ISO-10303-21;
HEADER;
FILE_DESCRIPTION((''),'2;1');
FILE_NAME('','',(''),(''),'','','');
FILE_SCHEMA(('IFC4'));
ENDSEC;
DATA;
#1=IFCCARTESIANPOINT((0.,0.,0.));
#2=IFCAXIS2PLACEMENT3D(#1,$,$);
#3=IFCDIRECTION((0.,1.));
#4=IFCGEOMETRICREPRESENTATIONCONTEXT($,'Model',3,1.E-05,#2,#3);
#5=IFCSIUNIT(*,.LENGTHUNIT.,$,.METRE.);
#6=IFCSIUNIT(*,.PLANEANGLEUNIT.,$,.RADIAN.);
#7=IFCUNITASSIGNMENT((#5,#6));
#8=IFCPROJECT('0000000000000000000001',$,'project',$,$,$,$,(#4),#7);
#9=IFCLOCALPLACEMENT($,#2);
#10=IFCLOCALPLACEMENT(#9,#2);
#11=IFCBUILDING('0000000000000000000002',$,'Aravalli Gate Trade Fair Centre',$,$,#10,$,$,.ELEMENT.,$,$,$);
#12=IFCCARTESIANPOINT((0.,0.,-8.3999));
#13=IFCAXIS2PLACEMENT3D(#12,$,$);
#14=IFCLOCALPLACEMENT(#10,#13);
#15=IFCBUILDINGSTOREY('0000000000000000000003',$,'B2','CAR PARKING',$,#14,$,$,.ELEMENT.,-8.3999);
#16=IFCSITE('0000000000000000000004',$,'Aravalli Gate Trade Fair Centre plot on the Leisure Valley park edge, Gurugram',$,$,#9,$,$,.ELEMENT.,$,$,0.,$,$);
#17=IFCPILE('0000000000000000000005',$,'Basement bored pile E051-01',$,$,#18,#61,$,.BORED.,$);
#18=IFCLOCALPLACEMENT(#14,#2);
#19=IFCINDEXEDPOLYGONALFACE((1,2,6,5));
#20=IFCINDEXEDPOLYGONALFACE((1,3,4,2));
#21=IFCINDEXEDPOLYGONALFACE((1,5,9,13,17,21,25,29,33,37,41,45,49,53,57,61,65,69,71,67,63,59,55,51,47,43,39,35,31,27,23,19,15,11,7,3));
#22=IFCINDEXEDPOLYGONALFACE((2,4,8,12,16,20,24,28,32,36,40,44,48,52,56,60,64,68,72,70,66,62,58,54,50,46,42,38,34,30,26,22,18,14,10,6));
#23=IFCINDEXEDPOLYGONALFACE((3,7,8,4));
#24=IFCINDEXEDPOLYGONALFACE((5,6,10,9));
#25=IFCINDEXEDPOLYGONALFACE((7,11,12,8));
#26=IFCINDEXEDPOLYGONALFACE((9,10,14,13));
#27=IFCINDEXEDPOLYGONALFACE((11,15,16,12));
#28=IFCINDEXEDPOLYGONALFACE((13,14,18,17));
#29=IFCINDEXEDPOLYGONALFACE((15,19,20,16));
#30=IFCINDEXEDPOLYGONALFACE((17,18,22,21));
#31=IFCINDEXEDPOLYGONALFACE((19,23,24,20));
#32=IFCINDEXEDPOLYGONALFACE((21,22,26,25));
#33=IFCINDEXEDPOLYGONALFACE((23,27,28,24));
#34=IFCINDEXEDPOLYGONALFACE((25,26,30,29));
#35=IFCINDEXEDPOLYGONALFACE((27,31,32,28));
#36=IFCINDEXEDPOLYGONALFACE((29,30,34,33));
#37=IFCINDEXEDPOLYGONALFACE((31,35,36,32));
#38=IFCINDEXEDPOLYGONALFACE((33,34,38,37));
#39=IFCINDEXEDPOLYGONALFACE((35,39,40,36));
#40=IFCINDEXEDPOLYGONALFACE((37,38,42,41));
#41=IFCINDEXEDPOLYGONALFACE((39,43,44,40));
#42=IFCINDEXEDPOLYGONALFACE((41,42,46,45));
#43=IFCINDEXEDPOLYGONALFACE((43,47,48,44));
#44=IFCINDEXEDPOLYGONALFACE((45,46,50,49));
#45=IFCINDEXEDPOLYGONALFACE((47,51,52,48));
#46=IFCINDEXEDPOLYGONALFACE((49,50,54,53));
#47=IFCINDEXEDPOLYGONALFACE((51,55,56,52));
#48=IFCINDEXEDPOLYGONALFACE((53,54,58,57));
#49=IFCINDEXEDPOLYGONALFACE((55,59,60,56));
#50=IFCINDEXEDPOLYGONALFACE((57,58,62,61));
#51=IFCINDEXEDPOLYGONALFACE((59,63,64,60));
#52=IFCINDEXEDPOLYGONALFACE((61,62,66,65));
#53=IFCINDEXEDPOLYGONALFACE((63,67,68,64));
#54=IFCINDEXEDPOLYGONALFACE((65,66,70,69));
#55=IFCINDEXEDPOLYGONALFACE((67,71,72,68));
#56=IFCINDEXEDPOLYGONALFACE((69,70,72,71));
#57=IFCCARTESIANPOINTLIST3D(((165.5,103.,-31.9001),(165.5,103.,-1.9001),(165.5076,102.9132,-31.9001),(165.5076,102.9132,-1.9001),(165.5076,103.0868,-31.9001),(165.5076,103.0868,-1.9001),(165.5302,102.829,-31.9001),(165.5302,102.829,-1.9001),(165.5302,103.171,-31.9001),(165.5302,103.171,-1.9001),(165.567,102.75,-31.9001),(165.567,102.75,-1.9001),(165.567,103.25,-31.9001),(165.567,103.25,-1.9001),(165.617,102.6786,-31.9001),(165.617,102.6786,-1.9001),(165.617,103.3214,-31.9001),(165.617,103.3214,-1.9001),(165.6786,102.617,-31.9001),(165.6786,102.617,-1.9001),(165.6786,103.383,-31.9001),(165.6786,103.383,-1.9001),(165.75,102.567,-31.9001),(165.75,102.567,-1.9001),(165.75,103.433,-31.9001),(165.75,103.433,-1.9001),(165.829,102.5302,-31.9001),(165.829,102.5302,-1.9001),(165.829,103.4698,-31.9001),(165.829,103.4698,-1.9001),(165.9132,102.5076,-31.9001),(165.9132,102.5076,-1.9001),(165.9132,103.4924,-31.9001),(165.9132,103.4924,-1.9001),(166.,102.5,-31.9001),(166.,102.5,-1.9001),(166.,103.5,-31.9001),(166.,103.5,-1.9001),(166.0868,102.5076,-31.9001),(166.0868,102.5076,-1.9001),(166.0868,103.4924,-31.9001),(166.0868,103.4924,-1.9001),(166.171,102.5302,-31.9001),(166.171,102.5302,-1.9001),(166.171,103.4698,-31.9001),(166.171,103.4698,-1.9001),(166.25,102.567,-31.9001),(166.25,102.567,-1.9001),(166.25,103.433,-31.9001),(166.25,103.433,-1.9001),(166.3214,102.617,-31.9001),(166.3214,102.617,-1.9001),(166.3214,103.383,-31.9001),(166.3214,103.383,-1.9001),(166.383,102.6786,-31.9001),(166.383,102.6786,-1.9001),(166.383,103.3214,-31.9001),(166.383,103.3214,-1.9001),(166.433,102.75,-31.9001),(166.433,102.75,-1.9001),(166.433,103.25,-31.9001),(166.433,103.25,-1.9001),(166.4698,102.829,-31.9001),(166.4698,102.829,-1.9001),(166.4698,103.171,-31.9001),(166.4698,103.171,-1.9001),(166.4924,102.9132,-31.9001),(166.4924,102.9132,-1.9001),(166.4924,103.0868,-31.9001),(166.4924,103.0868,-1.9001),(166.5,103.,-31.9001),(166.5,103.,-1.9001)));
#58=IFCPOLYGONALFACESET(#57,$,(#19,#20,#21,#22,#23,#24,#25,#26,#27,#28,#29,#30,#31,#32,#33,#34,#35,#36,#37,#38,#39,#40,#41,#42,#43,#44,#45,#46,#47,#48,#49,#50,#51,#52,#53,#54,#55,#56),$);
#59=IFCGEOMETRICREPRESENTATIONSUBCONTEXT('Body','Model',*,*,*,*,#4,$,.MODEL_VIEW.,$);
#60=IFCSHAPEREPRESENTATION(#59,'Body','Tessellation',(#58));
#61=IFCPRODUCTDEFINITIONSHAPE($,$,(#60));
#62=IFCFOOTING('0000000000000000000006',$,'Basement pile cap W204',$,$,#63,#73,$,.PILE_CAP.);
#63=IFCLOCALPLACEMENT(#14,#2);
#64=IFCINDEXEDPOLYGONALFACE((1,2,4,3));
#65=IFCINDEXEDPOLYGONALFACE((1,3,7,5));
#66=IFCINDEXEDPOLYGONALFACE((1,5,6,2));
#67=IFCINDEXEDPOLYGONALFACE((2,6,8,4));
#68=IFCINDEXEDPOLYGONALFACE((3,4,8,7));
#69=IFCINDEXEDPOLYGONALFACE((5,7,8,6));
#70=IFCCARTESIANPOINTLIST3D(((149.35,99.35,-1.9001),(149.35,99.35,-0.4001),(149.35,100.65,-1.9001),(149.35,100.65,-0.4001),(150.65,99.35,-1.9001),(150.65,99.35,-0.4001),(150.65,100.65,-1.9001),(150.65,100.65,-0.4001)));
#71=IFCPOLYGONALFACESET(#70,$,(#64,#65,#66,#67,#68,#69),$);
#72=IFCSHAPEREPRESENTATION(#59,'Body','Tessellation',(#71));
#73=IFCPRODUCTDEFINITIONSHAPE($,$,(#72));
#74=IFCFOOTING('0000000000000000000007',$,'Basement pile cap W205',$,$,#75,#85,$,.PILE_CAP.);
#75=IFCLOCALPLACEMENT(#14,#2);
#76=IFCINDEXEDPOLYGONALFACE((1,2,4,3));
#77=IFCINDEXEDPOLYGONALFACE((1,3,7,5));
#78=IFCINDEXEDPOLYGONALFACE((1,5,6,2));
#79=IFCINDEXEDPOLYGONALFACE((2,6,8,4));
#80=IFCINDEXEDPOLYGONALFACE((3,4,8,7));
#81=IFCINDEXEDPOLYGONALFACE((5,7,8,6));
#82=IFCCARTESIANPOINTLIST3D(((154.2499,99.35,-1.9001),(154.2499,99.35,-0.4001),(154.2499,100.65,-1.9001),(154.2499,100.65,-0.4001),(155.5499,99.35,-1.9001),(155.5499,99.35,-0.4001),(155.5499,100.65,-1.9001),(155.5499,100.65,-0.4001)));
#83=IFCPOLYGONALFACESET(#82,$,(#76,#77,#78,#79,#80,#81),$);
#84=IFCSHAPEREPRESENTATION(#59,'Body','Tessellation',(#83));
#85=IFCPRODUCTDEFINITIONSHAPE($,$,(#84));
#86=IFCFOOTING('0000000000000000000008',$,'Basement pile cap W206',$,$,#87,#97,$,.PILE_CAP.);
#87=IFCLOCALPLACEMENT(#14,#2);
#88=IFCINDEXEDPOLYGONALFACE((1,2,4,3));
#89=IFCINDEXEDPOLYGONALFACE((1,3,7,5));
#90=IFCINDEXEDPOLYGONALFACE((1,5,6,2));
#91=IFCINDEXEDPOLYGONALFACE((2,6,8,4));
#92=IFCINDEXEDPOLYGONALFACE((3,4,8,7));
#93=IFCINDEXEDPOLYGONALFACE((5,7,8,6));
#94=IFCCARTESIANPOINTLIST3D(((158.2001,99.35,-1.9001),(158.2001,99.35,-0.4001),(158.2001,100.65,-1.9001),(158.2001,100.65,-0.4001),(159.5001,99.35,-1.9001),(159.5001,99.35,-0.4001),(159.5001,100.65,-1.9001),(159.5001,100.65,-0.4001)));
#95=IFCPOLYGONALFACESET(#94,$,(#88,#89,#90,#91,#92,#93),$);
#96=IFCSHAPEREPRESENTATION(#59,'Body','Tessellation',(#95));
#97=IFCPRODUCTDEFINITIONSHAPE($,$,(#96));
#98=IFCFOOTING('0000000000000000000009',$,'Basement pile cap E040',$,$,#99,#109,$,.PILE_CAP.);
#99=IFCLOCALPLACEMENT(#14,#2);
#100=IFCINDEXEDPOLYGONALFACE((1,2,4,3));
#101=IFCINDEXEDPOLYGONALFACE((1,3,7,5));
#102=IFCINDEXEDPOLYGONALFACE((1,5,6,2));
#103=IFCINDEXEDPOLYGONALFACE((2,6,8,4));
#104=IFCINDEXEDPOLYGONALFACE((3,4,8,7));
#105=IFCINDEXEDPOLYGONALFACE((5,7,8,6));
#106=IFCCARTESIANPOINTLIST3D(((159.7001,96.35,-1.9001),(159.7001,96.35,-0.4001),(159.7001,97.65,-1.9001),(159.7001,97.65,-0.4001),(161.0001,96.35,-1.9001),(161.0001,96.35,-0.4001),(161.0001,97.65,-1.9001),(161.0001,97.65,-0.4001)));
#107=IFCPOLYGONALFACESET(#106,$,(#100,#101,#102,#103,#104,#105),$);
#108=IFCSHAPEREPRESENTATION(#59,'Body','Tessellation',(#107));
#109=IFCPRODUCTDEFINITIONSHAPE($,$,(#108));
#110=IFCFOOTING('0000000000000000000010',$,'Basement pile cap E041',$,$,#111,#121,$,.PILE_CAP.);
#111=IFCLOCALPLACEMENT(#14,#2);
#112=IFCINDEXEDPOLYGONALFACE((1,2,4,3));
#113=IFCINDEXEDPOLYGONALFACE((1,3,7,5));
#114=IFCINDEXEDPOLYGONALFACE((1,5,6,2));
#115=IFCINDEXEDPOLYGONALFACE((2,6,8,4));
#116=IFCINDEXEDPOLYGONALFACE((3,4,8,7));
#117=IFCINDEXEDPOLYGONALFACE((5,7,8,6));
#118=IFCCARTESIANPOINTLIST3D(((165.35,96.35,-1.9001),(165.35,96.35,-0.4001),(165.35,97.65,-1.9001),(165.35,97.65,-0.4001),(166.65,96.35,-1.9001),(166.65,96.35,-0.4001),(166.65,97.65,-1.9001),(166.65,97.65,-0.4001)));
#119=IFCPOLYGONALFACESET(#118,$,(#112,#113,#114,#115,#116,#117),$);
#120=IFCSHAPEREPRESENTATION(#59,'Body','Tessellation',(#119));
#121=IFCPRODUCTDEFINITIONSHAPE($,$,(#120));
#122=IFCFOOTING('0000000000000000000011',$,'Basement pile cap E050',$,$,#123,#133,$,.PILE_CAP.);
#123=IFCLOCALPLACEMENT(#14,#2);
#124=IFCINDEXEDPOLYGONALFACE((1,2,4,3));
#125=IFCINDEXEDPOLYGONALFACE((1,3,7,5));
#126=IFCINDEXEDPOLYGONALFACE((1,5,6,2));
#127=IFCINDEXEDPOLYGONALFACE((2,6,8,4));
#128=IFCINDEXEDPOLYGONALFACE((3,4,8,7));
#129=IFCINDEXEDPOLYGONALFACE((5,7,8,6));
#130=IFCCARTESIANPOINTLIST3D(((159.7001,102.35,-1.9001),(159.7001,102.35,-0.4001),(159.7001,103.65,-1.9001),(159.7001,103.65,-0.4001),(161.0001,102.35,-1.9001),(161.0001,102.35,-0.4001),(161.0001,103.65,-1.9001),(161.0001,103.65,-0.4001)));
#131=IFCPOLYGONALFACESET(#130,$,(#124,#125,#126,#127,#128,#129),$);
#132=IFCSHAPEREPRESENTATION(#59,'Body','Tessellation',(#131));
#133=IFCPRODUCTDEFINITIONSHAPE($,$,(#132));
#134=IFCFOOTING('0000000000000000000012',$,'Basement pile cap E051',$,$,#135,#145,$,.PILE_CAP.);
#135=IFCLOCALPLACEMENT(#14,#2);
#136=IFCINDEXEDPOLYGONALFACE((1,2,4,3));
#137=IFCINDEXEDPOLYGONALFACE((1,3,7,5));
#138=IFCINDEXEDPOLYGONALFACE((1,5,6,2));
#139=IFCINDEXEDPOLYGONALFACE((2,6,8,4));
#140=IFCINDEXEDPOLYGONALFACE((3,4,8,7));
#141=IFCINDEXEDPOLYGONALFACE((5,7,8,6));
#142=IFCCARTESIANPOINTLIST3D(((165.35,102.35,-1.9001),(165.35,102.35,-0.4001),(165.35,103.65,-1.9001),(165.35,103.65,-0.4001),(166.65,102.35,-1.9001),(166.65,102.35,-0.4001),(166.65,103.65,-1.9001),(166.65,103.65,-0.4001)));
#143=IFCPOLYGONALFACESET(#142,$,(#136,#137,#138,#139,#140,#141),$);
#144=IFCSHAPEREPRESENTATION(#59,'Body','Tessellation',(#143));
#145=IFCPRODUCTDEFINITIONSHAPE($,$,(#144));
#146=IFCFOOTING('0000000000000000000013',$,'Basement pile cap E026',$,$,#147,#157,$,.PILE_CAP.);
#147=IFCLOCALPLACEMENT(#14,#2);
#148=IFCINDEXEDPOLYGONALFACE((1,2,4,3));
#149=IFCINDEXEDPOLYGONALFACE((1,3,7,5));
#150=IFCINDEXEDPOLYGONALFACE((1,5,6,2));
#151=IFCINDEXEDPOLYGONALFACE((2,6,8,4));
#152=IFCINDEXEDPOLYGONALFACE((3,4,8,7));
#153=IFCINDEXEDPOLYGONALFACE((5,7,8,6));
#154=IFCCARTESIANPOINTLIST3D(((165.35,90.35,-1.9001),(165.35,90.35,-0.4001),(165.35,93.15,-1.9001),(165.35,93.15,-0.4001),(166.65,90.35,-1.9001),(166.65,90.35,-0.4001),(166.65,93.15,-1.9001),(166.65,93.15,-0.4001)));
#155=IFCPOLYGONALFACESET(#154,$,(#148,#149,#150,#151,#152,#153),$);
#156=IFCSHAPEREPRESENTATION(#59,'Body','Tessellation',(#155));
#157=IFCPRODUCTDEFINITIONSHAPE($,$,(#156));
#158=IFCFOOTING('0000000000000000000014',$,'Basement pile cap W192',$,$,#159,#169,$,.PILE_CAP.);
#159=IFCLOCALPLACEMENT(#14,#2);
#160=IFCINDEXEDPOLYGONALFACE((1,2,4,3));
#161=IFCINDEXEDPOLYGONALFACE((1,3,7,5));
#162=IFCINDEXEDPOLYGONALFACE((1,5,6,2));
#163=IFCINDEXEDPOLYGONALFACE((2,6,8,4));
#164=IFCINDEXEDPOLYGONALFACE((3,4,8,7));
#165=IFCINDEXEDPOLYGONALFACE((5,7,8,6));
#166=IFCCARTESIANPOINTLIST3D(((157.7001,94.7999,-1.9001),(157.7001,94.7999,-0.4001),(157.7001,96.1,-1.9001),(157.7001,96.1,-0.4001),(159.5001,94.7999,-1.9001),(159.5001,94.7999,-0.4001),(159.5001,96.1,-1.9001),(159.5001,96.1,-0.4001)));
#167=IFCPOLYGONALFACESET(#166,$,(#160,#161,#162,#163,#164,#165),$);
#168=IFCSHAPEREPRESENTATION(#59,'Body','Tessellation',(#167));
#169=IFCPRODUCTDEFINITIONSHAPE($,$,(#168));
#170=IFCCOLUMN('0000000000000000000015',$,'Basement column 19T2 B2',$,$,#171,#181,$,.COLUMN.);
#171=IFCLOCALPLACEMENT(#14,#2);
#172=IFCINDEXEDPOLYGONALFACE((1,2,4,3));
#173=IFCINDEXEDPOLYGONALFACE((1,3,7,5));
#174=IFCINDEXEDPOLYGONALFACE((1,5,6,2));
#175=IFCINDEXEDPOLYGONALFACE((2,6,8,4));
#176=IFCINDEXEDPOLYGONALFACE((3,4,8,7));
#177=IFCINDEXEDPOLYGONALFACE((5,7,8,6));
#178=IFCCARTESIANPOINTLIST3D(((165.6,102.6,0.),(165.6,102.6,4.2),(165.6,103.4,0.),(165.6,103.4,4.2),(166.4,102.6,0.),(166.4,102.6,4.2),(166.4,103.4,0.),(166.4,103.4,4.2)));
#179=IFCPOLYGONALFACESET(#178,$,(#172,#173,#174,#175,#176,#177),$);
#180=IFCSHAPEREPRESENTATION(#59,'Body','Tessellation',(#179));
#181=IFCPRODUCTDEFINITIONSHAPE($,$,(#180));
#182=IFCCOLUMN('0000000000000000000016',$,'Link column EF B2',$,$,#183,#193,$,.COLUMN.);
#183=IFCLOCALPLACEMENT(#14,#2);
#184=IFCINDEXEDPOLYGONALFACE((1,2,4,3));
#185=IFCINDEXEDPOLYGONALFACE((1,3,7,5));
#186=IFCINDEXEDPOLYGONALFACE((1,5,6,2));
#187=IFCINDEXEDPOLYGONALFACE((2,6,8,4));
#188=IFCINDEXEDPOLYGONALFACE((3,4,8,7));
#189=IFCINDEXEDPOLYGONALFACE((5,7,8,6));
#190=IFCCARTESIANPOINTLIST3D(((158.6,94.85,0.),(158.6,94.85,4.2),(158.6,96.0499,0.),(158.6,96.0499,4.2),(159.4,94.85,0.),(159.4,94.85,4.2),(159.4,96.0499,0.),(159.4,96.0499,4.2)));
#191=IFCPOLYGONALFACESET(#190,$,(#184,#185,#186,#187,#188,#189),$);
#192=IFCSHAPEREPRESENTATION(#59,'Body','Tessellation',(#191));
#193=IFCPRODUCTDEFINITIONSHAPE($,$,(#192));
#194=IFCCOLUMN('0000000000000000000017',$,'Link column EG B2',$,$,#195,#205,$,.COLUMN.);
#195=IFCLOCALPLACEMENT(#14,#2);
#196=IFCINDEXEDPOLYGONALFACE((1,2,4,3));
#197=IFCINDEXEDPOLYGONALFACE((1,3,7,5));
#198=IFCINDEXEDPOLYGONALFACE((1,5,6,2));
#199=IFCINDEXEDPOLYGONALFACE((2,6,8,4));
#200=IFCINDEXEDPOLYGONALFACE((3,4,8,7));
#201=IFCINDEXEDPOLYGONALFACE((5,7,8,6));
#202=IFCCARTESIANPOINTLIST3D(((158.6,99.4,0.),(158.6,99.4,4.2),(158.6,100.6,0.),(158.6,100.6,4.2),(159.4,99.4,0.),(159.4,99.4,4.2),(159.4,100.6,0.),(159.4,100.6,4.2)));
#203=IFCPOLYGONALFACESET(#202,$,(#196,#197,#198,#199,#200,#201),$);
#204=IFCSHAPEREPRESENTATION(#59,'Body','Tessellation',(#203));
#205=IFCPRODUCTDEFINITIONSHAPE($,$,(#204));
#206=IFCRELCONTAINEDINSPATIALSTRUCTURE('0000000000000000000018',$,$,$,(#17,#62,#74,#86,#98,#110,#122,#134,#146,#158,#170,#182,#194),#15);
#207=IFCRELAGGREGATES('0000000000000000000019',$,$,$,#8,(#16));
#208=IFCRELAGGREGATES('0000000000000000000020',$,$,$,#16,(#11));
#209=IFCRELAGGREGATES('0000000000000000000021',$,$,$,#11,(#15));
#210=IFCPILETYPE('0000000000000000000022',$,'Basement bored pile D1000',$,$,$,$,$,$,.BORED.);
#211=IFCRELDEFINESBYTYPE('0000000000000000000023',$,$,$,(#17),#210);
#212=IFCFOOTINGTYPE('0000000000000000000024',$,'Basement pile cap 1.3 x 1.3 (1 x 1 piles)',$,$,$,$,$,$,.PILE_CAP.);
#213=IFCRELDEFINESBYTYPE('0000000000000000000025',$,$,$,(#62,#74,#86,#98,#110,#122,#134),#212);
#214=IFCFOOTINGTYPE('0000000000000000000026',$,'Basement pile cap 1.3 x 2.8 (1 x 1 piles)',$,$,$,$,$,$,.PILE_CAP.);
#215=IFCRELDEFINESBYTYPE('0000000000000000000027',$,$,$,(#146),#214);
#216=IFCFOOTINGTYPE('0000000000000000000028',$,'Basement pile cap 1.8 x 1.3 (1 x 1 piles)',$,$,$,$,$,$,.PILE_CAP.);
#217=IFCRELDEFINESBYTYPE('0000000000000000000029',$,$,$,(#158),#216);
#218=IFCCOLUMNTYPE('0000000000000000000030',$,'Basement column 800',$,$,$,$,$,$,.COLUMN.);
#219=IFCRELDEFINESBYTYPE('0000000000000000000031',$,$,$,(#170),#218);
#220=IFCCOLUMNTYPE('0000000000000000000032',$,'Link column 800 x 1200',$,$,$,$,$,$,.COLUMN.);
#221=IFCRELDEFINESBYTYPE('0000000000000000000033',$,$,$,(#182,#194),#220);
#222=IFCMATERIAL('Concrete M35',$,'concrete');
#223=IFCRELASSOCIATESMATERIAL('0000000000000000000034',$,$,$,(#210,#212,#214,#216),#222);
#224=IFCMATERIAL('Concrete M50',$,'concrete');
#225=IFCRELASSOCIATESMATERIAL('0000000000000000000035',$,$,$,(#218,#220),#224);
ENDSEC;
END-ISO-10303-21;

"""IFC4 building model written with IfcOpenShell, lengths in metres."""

from ifc_helpers import new_model, si_unit, direction, frame, origin, origin_2d, place, context, subcontext, project, spatial, rectangle, circle, extrude, material, material_profile, profile_set, type_object, element, save


model = new_model("IFC4")

# Units and contexts
model_context = context("Model", 3, precision=1e-05, world=origin(), true_north=direction((0.0, 1.0)))
body_context = subcontext(model_context, "Body", "Model", "MODEL_VIEW")
ifc_project = project(units=[si_unit("LENGTHUNIT", "METRE"), si_unit("PLANEANGLEUNIT", "RADIAN")], contexts=[model_context])

# Site, building, storey
site_placement = place(None, origin())
site = spatial("IfcSite", under=ifc_project, at=site_placement, Name="Aravalli Gate Trade Fair Centre plot on the Leisure Valley park edge, Gurugram", CompositionType="ELEMENT", RefElevation=0.0)
building_placement = place(site_placement, origin())
building = spatial("IfcBuilding", under=site, at=building_placement, Name="Aravalli Gate Trade Fair Centre", CompositionType="ELEMENT")
storey_placement = place(building_placement, frame((0.0, 0.0, -8.3999)))
storey = spatial("IfcBuildingStorey", under=building, at=storey_placement, Name="B2", Description="CAR PARKING", CompositionType="ELEMENT", Elevation=-8.3999)

# Pile
ifc_material_1 = material(Name="Concrete M35", Category="concrete")
ifc_material_profile_1 = material_profile(ifc_material_1, circle(Radius=0.5, at=origin_2d()), Name="D1000")
ifc_profile_set_1 = profile_set([ifc_material_profile_1], Name="Concrete M35")
pile_type = type_object("IfcPileType", Name="Basement bored pile D1000", PredefinedType="BORED", material=ifc_profile_set_1)
for number, where, z_axis, x_axis, name in (
    (1, (166.0, 103.0, -1.9001), (0.0, 0.0, -1.0), (1.0, 0.0, 0.0), "Basement bored pile E051-01"),
):
    element("IfcPile", number, at=place(storey_placement, frame(where, z_axis=z_axis, x_axis=x_axis)), inside=storey, type_object=pile_type, Name=name, PredefinedType="BORED", context=body_context, shape_type="SweptSolid", body=[
        extrude(circle(Radius=0.5, at=origin_2d()), origin(), (0.0, 0.0, 1.0), 30.0),
    ])

# Footings
footing_type_1 = type_object("IfcFootingType", Name="Basement pile cap 1.3 x 1.3 (1 x 1 piles)", PredefinedType="PILE_CAP", material=ifc_material_1)
for number, where, z_axis, x_axis, name in (
    (2, (150.0, 100.0, -1.9001), (0.0, 0.0, 1.0), (1.0, 0.0, 0.0), "Basement pile cap W204"),
    (3, (154.8999, 100.0, -1.9001), (0.0, 0.0, 1.0), (1.0, 0.0, 0.0), "Basement pile cap W205"),
    (4, (158.8501, 100.0, -1.9001), (0.0, 0.0, 1.0), (1.0, 0.0, 0.0), "Basement pile cap W206"),
    (5, (160.3501, 97.0, -1.9001), (0.0, 0.0, 1.0), (1.0, 0.0, 0.0), "Basement pile cap E040"),
    (6, (166.0, 97.0, -1.9001), (0.0, 0.0, 1.0), (1.0, 0.0, 0.0), "Basement pile cap E041"),
    (7, (160.3501, 103.0, -1.9001), (0.0, 0.0, 1.0), (1.0, 0.0, 0.0), "Basement pile cap E050"),
    (8, (166.0, 103.0, -1.9001), (0.0, 0.0, 1.0), (1.0, 0.0, 0.0), "Basement pile cap E051"),
):
    element("IfcFooting", number, at=place(storey_placement, frame(where, z_axis=z_axis, x_axis=x_axis)), inside=storey, type_object=footing_type_1, Name=name, PredefinedType="PILE_CAP", context=body_context, shape_type="SweptSolid", body=[
        extrude(rectangle(XDim=1.3, YDim=1.3, at=origin_2d()), origin(), (0.0, 0.0, 1.0), 1.5),
    ])
footing_type_2 = type_object("IfcFootingType", Name="Basement pile cap 1.3 x 2.8 (1 x 1 piles)", PredefinedType="PILE_CAP", material=ifc_material_1)
footing_1_placement = place(storey_placement, frame((166.0, 91.75, -1.9001), z_axis=(0.0, 0.0, 1.0), x_axis=(1.0, 0.0, 0.0)))
element("IfcFooting", 9, at=footing_1_placement, inside=storey, type_object=footing_type_2, Name="Basement pile cap E026", PredefinedType="PILE_CAP", context=body_context, shape_type="SweptSolid", body=[
    extrude(rectangle(XDim=1.3, YDim=2.8, at=origin_2d()), origin(), (0.0, 0.0, 1.0), 1.5),
])
footing_type_3 = type_object("IfcFootingType", Name="Basement pile cap 1.8 x 1.3 (1 x 1 piles)", PredefinedType="PILE_CAP", material=ifc_material_1)
footing_2_placement = place(storey_placement, frame((158.6001, 95.45, -1.9001), z_axis=(0.0, 0.0, 1.0), x_axis=(1.0, 0.0, 0.0)))
element("IfcFooting", 10, at=footing_2_placement, inside=storey, type_object=footing_type_3, Name="Basement pile cap W192", PredefinedType="PILE_CAP", context=body_context, shape_type="SweptSolid", body=[
    extrude(rectangle(XDim=1.8, YDim=1.3, at=origin_2d()), origin(), (0.0, 0.0, 1.0), 1.5),
])

# Columns
ifc_material_2 = material(Name="Concrete M50", Category="concrete")
ifc_material_profile_2 = material_profile(ifc_material_2, rectangle(XDim=0.8, YDim=0.8, at=origin_2d()), Name="RC 800 x 800")
ifc_profile_set_2 = profile_set([ifc_material_profile_2], Name="Concrete M50")
column_type_1 = type_object("IfcColumnType", Name="Basement column 800", PredefinedType="COLUMN", material=ifc_profile_set_2)
column_1_placement = place(storey_placement, frame((166.0, 103.0, 0.0), z_axis=(0.0, 0.0, 1.0), x_axis=(1.0, 0.0, 0.0)))
element("IfcColumn", 11, at=column_1_placement, inside=storey, type_object=column_type_1, Name="Basement column 19T2 B2", PredefinedType="COLUMN", context=body_context, shape_type="SweptSolid", body=[
    extrude(rectangle(XDim=0.8, YDim=0.8, at=origin_2d()), origin(), (0.0, 0.0, 1.0), 4.2),
])
ifc_material_profile_3 = material_profile(ifc_material_2, rectangle(XDim=0.8, YDim=1.2, at=origin_2d()), Name="Link column 800 x 1200")
ifc_profile_set_3 = profile_set([ifc_material_profile_3], Name="Concrete M50")
column_type_2 = type_object("IfcColumnType", Name="Link column 800 x 1200", PredefinedType="COLUMN", material=ifc_profile_set_3)
for number, where, z_axis, x_axis, name in (
    (12, (159.0, 95.45, 0.0), (0.0, 0.0, 1.0), (1.0, 0.0, 0.0), "Link column EF B2"),
    (13, (159.0, 100.0, 0.0), (0.0, 0.0, 1.0), (1.0, 0.0, 0.0), "Link column EG B2"),
):
    element("IfcColumn", number, at=place(storey_placement, frame(where, z_axis=z_axis, x_axis=x_axis)), inside=storey, type_object=column_type_2, Name=name, PredefinedType="COLUMN", context=body_context, shape_type="SweptSolid", body=[
        extrude(rectangle(XDim=0.8, YDim=1.2, at=origin_2d()), origin(), (0.0, 0.0, 1.0), 4.2),
    ])

save(model, "model.ifc")
